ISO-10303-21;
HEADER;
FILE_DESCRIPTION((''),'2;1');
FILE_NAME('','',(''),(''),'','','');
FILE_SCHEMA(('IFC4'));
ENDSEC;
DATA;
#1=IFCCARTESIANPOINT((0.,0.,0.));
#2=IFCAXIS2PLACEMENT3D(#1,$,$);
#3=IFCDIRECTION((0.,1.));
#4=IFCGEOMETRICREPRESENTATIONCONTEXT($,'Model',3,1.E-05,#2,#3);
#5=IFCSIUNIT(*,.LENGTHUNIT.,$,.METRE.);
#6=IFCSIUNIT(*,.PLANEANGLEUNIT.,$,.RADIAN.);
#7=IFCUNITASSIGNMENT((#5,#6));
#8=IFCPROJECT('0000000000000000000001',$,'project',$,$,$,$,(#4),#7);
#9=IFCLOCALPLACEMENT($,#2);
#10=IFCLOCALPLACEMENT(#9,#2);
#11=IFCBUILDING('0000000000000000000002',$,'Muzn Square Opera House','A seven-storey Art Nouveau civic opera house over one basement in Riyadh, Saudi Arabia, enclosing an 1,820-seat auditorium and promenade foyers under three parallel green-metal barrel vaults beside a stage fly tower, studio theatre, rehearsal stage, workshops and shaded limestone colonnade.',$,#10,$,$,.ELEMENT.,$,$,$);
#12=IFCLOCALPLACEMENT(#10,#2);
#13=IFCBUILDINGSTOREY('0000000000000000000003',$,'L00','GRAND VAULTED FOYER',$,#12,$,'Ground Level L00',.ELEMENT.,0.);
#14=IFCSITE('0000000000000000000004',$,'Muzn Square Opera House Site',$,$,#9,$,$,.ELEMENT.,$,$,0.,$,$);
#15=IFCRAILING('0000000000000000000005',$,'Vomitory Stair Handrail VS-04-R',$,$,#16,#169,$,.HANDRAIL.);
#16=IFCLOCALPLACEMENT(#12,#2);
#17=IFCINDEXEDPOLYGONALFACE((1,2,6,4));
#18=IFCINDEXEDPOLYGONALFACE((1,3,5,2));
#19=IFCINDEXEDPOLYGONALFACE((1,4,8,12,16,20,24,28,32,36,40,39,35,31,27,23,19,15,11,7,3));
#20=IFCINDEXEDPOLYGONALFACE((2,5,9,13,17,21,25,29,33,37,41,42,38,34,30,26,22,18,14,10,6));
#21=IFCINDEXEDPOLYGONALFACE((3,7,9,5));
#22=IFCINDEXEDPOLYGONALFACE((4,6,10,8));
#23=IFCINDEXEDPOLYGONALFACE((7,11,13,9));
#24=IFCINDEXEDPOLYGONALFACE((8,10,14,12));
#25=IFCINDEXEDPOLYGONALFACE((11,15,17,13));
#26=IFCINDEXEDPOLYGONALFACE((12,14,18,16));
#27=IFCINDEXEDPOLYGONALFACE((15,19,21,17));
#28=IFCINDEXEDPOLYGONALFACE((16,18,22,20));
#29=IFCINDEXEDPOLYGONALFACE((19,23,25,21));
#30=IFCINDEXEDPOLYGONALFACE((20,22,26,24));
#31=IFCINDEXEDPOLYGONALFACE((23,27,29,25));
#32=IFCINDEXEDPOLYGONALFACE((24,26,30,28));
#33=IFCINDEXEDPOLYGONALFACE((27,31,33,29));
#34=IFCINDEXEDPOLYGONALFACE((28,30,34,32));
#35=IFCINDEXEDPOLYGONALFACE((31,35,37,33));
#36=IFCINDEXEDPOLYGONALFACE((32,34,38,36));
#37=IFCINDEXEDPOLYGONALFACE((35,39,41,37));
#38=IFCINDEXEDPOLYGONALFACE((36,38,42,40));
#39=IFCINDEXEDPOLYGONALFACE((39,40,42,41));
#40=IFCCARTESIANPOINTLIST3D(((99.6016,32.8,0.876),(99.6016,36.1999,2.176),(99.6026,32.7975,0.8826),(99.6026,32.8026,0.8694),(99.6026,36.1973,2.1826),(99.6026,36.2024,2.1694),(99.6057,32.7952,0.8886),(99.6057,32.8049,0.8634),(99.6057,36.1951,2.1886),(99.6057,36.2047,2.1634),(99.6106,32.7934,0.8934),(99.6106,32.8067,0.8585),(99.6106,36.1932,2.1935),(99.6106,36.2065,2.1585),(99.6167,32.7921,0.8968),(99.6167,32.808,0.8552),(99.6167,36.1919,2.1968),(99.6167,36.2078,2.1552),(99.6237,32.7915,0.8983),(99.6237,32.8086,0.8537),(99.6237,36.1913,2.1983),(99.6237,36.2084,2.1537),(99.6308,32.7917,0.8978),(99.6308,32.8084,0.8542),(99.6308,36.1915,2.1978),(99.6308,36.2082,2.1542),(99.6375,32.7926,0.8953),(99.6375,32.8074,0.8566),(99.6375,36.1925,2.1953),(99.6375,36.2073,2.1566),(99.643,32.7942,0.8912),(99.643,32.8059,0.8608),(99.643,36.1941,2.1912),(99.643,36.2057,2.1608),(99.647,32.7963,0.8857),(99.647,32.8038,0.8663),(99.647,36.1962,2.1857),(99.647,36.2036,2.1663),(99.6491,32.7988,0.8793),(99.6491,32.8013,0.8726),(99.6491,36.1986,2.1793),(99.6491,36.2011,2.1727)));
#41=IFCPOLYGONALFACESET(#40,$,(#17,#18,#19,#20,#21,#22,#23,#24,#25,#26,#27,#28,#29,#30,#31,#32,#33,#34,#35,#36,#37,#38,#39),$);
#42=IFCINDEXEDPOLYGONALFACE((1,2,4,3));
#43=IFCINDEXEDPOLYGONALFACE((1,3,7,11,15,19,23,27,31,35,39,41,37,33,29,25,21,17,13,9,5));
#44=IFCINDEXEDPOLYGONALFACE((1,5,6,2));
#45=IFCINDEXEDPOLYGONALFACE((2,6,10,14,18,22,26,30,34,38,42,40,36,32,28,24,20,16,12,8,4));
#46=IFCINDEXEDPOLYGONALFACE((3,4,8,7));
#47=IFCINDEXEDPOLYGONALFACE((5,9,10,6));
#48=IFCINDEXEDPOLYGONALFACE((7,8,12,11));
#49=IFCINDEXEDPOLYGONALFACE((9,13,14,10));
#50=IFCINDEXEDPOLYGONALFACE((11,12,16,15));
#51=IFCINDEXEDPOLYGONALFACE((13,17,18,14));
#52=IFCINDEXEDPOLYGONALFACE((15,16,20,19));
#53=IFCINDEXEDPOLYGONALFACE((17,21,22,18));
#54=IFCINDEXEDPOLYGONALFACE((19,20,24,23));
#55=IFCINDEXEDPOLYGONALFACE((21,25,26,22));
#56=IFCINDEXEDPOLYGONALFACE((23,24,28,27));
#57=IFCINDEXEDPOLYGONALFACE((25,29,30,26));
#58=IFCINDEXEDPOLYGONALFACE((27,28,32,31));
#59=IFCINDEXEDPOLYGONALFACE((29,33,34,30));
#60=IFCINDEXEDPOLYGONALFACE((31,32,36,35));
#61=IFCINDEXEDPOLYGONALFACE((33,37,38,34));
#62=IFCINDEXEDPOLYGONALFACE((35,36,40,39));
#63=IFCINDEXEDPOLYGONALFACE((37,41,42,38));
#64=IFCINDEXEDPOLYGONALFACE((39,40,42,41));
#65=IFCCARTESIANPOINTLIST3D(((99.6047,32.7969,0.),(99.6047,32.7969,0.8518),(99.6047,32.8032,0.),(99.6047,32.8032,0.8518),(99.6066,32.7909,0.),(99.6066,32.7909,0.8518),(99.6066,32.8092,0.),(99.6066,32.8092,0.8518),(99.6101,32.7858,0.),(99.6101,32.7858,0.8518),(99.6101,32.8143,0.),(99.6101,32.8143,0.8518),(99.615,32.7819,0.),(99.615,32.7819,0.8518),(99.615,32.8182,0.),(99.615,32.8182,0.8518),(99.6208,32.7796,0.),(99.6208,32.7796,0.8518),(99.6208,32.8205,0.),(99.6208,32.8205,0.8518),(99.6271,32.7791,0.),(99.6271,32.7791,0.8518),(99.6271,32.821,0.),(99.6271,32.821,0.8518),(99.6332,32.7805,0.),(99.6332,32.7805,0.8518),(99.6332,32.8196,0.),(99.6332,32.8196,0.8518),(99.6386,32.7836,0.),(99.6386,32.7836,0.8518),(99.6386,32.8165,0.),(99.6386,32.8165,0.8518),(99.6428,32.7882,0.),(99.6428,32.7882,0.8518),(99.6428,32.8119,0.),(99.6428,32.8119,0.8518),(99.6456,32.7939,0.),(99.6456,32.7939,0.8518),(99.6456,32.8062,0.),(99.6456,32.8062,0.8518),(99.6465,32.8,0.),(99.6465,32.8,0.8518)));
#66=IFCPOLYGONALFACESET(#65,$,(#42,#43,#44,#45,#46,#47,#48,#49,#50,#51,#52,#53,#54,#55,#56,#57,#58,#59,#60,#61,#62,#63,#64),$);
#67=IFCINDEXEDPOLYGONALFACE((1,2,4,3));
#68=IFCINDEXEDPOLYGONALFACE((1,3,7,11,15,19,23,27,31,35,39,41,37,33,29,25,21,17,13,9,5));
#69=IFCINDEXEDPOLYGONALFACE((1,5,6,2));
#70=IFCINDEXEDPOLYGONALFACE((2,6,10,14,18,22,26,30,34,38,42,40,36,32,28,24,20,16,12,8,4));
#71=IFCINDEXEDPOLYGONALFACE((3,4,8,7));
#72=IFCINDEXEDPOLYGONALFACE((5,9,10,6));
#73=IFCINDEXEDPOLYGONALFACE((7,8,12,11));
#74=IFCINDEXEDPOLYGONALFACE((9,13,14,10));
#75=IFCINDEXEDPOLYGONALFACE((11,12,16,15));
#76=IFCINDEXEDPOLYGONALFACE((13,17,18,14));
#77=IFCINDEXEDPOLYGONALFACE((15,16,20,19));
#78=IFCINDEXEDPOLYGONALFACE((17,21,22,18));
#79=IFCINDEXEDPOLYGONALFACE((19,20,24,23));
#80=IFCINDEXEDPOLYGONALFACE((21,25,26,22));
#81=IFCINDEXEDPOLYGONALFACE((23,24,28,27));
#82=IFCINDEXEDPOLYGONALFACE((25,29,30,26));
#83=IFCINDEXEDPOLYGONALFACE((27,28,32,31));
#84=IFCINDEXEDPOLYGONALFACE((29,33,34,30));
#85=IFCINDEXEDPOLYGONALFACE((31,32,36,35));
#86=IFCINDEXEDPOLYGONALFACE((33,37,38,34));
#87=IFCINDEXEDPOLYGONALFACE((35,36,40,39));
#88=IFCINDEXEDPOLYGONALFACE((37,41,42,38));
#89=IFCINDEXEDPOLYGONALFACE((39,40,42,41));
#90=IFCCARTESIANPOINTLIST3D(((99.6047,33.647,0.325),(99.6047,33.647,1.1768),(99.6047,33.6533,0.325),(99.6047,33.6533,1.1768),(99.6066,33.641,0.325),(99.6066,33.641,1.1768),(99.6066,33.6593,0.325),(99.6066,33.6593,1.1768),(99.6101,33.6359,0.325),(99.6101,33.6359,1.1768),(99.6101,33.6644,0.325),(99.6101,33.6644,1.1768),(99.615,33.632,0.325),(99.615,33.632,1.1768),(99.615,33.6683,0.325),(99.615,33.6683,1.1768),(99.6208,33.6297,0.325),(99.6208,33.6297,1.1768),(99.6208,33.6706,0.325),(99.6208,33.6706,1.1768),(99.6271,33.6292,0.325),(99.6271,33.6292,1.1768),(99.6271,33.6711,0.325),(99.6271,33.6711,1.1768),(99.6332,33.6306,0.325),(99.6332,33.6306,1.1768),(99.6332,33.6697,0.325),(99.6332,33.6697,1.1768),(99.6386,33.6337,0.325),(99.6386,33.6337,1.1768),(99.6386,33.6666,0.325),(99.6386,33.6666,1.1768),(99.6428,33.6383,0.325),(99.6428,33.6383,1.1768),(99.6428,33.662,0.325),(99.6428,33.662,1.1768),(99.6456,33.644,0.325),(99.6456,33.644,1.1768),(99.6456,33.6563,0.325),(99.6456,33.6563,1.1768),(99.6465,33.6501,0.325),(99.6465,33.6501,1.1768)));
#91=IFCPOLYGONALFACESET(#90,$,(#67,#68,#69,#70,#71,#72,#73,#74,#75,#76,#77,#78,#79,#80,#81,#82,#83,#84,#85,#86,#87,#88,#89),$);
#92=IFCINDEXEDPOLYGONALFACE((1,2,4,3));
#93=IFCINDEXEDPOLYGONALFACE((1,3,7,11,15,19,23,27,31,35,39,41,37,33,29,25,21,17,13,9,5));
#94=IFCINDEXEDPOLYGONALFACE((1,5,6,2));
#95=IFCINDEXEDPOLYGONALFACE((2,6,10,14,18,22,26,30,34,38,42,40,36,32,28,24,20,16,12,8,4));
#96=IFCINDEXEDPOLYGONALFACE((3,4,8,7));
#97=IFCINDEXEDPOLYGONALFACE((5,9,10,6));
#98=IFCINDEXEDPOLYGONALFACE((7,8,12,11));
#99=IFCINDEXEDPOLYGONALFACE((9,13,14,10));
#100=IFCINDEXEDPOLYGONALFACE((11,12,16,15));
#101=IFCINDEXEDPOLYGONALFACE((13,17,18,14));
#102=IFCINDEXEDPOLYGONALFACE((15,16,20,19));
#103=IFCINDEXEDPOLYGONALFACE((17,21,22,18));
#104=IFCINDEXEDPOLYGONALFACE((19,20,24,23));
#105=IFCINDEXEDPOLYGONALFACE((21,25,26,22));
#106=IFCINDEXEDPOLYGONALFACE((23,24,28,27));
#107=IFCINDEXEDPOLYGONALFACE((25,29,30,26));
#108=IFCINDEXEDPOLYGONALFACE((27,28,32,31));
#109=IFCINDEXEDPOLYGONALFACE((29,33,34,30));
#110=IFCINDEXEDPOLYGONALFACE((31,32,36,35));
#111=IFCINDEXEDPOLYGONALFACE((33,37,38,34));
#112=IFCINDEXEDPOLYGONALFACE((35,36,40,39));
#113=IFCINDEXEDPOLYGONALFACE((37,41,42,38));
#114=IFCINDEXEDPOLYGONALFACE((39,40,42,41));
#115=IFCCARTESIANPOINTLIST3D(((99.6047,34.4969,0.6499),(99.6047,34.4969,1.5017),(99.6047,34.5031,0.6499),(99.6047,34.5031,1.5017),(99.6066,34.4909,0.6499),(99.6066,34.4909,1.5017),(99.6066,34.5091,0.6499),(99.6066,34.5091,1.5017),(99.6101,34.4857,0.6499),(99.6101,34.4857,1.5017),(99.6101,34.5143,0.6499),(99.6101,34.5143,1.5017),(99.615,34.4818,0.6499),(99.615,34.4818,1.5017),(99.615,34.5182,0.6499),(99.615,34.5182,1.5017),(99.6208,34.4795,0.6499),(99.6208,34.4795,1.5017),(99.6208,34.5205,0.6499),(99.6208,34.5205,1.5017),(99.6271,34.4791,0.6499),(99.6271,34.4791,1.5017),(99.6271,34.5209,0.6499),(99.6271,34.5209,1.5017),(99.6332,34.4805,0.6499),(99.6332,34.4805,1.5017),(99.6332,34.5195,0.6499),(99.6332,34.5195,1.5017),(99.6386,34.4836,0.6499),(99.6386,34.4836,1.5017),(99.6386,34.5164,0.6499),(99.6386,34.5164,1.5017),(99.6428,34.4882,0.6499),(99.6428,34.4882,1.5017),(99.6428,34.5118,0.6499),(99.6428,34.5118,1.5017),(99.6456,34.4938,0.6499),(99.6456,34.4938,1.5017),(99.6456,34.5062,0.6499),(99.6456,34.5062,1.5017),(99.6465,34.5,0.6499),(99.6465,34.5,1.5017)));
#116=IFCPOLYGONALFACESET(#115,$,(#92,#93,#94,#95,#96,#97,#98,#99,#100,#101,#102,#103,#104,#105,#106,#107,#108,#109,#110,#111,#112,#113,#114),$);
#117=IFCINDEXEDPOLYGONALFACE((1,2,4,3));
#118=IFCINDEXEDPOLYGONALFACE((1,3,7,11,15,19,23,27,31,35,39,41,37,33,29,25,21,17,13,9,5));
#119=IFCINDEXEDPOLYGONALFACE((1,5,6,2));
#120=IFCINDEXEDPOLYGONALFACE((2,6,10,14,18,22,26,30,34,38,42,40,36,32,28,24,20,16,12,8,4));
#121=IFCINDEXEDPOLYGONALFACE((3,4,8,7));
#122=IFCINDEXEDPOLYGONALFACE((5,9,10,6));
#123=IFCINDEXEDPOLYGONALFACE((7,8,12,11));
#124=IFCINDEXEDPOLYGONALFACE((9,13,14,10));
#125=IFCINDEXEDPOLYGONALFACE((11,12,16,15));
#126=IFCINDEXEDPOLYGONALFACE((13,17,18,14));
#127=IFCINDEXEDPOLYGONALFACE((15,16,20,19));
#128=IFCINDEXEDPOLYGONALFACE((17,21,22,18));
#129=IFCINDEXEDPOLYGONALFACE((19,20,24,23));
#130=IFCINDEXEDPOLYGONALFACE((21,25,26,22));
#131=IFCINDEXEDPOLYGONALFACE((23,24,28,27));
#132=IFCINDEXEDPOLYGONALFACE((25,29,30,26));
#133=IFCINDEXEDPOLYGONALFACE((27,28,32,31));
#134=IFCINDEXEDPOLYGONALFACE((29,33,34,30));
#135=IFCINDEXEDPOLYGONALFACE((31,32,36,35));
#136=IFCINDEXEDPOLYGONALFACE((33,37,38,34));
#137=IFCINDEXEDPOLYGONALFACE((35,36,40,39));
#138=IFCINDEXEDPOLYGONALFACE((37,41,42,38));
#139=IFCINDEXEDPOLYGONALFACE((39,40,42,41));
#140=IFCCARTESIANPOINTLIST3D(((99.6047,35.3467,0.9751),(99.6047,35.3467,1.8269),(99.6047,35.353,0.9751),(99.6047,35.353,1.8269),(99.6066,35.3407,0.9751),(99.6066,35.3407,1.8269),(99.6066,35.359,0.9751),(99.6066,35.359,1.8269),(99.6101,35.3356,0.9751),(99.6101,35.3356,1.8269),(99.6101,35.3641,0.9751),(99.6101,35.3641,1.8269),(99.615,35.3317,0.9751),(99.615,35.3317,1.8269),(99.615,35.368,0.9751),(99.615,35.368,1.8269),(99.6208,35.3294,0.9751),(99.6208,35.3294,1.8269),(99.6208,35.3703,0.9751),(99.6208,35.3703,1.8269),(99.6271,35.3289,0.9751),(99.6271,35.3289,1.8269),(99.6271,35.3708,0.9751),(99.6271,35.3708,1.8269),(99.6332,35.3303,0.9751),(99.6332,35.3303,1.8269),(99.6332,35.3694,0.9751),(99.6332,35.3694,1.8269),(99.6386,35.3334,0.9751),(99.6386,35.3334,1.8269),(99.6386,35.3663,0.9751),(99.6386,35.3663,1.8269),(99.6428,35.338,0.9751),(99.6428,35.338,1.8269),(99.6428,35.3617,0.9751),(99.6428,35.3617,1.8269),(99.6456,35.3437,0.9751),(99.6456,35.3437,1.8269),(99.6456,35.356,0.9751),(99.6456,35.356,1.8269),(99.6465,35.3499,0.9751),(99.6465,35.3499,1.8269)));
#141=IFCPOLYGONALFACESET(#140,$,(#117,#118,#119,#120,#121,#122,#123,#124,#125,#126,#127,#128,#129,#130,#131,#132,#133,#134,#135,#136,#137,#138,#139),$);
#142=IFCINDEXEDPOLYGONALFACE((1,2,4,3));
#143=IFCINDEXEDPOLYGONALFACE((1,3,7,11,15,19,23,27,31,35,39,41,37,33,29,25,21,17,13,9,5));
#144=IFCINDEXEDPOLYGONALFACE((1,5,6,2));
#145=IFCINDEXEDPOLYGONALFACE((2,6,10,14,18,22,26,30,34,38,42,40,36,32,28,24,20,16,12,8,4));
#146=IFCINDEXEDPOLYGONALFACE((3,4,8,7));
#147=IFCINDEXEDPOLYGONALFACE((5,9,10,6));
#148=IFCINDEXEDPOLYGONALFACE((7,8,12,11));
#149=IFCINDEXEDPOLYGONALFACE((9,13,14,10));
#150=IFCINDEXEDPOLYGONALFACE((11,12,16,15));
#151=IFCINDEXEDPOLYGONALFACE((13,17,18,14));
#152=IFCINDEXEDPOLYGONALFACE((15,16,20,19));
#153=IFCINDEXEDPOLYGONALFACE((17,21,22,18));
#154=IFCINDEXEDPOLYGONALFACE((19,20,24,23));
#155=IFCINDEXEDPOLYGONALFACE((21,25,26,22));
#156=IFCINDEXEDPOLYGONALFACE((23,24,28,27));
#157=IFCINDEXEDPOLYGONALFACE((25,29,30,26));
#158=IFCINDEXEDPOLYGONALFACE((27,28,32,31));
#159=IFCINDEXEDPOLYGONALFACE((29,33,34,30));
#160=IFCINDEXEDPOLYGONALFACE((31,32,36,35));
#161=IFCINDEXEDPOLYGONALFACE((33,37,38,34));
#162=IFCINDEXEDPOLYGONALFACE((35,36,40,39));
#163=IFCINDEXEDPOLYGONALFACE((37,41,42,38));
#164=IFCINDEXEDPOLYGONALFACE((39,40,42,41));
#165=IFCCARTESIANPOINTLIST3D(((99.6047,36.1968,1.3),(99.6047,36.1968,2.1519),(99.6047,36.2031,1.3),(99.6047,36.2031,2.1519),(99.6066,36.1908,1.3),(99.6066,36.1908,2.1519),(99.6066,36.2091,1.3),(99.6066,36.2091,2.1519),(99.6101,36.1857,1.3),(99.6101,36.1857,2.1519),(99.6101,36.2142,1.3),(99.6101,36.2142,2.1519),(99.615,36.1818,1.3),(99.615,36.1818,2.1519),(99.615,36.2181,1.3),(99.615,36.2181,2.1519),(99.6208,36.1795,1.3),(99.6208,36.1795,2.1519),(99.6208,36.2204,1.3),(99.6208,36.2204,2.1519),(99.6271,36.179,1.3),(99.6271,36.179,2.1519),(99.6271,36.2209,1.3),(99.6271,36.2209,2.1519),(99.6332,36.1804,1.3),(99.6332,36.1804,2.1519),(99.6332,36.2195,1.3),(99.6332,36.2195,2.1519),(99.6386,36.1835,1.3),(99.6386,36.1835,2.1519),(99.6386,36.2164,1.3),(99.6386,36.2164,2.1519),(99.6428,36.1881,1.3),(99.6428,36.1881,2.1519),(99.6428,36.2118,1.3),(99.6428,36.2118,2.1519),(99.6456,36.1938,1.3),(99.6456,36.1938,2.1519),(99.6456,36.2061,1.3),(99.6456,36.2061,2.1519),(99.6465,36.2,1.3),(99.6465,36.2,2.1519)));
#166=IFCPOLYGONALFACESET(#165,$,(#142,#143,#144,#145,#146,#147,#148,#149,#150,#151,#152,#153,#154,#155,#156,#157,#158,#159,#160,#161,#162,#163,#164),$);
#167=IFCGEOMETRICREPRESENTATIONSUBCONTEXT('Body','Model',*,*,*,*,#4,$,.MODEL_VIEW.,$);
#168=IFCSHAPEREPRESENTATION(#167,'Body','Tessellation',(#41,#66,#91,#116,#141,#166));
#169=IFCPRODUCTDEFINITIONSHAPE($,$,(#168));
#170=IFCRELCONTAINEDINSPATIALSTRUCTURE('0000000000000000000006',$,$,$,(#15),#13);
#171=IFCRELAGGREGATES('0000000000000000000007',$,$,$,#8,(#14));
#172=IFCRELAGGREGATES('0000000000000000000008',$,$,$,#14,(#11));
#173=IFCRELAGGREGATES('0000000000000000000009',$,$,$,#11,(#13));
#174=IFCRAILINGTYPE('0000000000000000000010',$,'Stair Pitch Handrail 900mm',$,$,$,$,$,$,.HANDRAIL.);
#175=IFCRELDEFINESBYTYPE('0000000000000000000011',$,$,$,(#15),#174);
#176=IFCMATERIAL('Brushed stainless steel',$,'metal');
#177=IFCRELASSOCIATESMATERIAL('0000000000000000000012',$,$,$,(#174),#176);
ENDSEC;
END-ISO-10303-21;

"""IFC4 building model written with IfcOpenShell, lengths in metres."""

from ifc_helpers import new_model, si_unit, direction, frame, origin, origin_2d, place, context, subcontext, project, spatial, circle, extrude, material, type_object, element, save


model = new_model("IFC4")

# Units and contexts
model_context = context("Model", 3, precision=1e-05, world=origin(), true_north=direction((0.0, 1.0)))
body_context = subcontext(model_context, "Body", "Model", "MODEL_VIEW")
ifc_project = project(units=[si_unit("LENGTHUNIT", "METRE"), si_unit("PLANEANGLEUNIT", "RADIAN")], contexts=[model_context])

# Site, building, storey
site_placement = place(None, origin())
site = spatial("IfcSite", under=ifc_project, at=site_placement, Name="Muzn Square Opera House Site", CompositionType="ELEMENT", RefElevation=0.0)
building_placement = place(site_placement, origin())
building = spatial("IfcBuilding", under=site, at=building_placement, Name="Muzn Square Opera House", Description="A seven-storey Art Nouveau civic opera house over one basement in Riyadh, Saudi Arabia, enclosing an 1,820-seat auditorium and promenade foyers under three parallel green-metal barrel vaults beside a stage fly tower, studio theatre, rehearsal stage, workshops and shaded limestone colonnade.", CompositionType="ELEMENT")
storey_placement = place(building_placement, origin())
storey = spatial("IfcBuildingStorey", under=building, at=storey_placement, Name="L00", Description="GRAND VAULTED FOYER", LongName="Ground Level L00", CompositionType="ELEMENT", Elevation=0.0)

# Railing
ifc_material_1 = material(Name="Brushed stainless steel", Category="metal")
railing_type_1 = type_object("IfcRailingType", Name="Stair Pitch Handrail 900mm", PredefinedType="HANDRAIL", material=ifc_material_1)
for number, where, name in (
    (1, (99.6255, 32.8, 0.0), "Vomitory Stair Handrail VS-04-R"),
):
    element("IfcRailing", number, at=place(storey_placement, frame(where)), inside=storey, type_object=railing_type_1, Name=name, PredefinedType="HANDRAIL", context=body_context, shape_type="SweptSolid", body=[
        extrude(circle(Radius=0.0239, at=origin_2d()), frame((0.0, 0.0, 0.876), z_axis=(0.0, 0.934044, 0.357158), x_axis=(-1.0, 0.0, 0.0)), (0.0, 0.0, 1.0), 3.6399),
        extrude(circle(Radius=0.021, at=origin_2d()), origin(), (0.0, 0.0, 1.0), 0.8518),
        extrude(circle(Radius=0.021, at=origin_2d()), frame((0.0, 0.8501, 0.325)), (0.0, 0.0, 1.0), 0.8518),
        extrude(circle(Radius=0.021, at=origin_2d()), frame((0.0, 1.7, 0.6499)), (0.0, 0.0, 1.0), 0.8518),
        extrude(circle(Radius=0.021, at=origin_2d()), frame((0.0, 2.5498, 0.9751)), (0.0, 0.0, 1.0), 0.8518),
        extrude(circle(Radius=0.021, at=origin_2d()), frame((0.0, 3.3999, 1.3)), (0.0, 0.0, 1.0), 0.8518),
    ])

save(model, "model.ifc")
